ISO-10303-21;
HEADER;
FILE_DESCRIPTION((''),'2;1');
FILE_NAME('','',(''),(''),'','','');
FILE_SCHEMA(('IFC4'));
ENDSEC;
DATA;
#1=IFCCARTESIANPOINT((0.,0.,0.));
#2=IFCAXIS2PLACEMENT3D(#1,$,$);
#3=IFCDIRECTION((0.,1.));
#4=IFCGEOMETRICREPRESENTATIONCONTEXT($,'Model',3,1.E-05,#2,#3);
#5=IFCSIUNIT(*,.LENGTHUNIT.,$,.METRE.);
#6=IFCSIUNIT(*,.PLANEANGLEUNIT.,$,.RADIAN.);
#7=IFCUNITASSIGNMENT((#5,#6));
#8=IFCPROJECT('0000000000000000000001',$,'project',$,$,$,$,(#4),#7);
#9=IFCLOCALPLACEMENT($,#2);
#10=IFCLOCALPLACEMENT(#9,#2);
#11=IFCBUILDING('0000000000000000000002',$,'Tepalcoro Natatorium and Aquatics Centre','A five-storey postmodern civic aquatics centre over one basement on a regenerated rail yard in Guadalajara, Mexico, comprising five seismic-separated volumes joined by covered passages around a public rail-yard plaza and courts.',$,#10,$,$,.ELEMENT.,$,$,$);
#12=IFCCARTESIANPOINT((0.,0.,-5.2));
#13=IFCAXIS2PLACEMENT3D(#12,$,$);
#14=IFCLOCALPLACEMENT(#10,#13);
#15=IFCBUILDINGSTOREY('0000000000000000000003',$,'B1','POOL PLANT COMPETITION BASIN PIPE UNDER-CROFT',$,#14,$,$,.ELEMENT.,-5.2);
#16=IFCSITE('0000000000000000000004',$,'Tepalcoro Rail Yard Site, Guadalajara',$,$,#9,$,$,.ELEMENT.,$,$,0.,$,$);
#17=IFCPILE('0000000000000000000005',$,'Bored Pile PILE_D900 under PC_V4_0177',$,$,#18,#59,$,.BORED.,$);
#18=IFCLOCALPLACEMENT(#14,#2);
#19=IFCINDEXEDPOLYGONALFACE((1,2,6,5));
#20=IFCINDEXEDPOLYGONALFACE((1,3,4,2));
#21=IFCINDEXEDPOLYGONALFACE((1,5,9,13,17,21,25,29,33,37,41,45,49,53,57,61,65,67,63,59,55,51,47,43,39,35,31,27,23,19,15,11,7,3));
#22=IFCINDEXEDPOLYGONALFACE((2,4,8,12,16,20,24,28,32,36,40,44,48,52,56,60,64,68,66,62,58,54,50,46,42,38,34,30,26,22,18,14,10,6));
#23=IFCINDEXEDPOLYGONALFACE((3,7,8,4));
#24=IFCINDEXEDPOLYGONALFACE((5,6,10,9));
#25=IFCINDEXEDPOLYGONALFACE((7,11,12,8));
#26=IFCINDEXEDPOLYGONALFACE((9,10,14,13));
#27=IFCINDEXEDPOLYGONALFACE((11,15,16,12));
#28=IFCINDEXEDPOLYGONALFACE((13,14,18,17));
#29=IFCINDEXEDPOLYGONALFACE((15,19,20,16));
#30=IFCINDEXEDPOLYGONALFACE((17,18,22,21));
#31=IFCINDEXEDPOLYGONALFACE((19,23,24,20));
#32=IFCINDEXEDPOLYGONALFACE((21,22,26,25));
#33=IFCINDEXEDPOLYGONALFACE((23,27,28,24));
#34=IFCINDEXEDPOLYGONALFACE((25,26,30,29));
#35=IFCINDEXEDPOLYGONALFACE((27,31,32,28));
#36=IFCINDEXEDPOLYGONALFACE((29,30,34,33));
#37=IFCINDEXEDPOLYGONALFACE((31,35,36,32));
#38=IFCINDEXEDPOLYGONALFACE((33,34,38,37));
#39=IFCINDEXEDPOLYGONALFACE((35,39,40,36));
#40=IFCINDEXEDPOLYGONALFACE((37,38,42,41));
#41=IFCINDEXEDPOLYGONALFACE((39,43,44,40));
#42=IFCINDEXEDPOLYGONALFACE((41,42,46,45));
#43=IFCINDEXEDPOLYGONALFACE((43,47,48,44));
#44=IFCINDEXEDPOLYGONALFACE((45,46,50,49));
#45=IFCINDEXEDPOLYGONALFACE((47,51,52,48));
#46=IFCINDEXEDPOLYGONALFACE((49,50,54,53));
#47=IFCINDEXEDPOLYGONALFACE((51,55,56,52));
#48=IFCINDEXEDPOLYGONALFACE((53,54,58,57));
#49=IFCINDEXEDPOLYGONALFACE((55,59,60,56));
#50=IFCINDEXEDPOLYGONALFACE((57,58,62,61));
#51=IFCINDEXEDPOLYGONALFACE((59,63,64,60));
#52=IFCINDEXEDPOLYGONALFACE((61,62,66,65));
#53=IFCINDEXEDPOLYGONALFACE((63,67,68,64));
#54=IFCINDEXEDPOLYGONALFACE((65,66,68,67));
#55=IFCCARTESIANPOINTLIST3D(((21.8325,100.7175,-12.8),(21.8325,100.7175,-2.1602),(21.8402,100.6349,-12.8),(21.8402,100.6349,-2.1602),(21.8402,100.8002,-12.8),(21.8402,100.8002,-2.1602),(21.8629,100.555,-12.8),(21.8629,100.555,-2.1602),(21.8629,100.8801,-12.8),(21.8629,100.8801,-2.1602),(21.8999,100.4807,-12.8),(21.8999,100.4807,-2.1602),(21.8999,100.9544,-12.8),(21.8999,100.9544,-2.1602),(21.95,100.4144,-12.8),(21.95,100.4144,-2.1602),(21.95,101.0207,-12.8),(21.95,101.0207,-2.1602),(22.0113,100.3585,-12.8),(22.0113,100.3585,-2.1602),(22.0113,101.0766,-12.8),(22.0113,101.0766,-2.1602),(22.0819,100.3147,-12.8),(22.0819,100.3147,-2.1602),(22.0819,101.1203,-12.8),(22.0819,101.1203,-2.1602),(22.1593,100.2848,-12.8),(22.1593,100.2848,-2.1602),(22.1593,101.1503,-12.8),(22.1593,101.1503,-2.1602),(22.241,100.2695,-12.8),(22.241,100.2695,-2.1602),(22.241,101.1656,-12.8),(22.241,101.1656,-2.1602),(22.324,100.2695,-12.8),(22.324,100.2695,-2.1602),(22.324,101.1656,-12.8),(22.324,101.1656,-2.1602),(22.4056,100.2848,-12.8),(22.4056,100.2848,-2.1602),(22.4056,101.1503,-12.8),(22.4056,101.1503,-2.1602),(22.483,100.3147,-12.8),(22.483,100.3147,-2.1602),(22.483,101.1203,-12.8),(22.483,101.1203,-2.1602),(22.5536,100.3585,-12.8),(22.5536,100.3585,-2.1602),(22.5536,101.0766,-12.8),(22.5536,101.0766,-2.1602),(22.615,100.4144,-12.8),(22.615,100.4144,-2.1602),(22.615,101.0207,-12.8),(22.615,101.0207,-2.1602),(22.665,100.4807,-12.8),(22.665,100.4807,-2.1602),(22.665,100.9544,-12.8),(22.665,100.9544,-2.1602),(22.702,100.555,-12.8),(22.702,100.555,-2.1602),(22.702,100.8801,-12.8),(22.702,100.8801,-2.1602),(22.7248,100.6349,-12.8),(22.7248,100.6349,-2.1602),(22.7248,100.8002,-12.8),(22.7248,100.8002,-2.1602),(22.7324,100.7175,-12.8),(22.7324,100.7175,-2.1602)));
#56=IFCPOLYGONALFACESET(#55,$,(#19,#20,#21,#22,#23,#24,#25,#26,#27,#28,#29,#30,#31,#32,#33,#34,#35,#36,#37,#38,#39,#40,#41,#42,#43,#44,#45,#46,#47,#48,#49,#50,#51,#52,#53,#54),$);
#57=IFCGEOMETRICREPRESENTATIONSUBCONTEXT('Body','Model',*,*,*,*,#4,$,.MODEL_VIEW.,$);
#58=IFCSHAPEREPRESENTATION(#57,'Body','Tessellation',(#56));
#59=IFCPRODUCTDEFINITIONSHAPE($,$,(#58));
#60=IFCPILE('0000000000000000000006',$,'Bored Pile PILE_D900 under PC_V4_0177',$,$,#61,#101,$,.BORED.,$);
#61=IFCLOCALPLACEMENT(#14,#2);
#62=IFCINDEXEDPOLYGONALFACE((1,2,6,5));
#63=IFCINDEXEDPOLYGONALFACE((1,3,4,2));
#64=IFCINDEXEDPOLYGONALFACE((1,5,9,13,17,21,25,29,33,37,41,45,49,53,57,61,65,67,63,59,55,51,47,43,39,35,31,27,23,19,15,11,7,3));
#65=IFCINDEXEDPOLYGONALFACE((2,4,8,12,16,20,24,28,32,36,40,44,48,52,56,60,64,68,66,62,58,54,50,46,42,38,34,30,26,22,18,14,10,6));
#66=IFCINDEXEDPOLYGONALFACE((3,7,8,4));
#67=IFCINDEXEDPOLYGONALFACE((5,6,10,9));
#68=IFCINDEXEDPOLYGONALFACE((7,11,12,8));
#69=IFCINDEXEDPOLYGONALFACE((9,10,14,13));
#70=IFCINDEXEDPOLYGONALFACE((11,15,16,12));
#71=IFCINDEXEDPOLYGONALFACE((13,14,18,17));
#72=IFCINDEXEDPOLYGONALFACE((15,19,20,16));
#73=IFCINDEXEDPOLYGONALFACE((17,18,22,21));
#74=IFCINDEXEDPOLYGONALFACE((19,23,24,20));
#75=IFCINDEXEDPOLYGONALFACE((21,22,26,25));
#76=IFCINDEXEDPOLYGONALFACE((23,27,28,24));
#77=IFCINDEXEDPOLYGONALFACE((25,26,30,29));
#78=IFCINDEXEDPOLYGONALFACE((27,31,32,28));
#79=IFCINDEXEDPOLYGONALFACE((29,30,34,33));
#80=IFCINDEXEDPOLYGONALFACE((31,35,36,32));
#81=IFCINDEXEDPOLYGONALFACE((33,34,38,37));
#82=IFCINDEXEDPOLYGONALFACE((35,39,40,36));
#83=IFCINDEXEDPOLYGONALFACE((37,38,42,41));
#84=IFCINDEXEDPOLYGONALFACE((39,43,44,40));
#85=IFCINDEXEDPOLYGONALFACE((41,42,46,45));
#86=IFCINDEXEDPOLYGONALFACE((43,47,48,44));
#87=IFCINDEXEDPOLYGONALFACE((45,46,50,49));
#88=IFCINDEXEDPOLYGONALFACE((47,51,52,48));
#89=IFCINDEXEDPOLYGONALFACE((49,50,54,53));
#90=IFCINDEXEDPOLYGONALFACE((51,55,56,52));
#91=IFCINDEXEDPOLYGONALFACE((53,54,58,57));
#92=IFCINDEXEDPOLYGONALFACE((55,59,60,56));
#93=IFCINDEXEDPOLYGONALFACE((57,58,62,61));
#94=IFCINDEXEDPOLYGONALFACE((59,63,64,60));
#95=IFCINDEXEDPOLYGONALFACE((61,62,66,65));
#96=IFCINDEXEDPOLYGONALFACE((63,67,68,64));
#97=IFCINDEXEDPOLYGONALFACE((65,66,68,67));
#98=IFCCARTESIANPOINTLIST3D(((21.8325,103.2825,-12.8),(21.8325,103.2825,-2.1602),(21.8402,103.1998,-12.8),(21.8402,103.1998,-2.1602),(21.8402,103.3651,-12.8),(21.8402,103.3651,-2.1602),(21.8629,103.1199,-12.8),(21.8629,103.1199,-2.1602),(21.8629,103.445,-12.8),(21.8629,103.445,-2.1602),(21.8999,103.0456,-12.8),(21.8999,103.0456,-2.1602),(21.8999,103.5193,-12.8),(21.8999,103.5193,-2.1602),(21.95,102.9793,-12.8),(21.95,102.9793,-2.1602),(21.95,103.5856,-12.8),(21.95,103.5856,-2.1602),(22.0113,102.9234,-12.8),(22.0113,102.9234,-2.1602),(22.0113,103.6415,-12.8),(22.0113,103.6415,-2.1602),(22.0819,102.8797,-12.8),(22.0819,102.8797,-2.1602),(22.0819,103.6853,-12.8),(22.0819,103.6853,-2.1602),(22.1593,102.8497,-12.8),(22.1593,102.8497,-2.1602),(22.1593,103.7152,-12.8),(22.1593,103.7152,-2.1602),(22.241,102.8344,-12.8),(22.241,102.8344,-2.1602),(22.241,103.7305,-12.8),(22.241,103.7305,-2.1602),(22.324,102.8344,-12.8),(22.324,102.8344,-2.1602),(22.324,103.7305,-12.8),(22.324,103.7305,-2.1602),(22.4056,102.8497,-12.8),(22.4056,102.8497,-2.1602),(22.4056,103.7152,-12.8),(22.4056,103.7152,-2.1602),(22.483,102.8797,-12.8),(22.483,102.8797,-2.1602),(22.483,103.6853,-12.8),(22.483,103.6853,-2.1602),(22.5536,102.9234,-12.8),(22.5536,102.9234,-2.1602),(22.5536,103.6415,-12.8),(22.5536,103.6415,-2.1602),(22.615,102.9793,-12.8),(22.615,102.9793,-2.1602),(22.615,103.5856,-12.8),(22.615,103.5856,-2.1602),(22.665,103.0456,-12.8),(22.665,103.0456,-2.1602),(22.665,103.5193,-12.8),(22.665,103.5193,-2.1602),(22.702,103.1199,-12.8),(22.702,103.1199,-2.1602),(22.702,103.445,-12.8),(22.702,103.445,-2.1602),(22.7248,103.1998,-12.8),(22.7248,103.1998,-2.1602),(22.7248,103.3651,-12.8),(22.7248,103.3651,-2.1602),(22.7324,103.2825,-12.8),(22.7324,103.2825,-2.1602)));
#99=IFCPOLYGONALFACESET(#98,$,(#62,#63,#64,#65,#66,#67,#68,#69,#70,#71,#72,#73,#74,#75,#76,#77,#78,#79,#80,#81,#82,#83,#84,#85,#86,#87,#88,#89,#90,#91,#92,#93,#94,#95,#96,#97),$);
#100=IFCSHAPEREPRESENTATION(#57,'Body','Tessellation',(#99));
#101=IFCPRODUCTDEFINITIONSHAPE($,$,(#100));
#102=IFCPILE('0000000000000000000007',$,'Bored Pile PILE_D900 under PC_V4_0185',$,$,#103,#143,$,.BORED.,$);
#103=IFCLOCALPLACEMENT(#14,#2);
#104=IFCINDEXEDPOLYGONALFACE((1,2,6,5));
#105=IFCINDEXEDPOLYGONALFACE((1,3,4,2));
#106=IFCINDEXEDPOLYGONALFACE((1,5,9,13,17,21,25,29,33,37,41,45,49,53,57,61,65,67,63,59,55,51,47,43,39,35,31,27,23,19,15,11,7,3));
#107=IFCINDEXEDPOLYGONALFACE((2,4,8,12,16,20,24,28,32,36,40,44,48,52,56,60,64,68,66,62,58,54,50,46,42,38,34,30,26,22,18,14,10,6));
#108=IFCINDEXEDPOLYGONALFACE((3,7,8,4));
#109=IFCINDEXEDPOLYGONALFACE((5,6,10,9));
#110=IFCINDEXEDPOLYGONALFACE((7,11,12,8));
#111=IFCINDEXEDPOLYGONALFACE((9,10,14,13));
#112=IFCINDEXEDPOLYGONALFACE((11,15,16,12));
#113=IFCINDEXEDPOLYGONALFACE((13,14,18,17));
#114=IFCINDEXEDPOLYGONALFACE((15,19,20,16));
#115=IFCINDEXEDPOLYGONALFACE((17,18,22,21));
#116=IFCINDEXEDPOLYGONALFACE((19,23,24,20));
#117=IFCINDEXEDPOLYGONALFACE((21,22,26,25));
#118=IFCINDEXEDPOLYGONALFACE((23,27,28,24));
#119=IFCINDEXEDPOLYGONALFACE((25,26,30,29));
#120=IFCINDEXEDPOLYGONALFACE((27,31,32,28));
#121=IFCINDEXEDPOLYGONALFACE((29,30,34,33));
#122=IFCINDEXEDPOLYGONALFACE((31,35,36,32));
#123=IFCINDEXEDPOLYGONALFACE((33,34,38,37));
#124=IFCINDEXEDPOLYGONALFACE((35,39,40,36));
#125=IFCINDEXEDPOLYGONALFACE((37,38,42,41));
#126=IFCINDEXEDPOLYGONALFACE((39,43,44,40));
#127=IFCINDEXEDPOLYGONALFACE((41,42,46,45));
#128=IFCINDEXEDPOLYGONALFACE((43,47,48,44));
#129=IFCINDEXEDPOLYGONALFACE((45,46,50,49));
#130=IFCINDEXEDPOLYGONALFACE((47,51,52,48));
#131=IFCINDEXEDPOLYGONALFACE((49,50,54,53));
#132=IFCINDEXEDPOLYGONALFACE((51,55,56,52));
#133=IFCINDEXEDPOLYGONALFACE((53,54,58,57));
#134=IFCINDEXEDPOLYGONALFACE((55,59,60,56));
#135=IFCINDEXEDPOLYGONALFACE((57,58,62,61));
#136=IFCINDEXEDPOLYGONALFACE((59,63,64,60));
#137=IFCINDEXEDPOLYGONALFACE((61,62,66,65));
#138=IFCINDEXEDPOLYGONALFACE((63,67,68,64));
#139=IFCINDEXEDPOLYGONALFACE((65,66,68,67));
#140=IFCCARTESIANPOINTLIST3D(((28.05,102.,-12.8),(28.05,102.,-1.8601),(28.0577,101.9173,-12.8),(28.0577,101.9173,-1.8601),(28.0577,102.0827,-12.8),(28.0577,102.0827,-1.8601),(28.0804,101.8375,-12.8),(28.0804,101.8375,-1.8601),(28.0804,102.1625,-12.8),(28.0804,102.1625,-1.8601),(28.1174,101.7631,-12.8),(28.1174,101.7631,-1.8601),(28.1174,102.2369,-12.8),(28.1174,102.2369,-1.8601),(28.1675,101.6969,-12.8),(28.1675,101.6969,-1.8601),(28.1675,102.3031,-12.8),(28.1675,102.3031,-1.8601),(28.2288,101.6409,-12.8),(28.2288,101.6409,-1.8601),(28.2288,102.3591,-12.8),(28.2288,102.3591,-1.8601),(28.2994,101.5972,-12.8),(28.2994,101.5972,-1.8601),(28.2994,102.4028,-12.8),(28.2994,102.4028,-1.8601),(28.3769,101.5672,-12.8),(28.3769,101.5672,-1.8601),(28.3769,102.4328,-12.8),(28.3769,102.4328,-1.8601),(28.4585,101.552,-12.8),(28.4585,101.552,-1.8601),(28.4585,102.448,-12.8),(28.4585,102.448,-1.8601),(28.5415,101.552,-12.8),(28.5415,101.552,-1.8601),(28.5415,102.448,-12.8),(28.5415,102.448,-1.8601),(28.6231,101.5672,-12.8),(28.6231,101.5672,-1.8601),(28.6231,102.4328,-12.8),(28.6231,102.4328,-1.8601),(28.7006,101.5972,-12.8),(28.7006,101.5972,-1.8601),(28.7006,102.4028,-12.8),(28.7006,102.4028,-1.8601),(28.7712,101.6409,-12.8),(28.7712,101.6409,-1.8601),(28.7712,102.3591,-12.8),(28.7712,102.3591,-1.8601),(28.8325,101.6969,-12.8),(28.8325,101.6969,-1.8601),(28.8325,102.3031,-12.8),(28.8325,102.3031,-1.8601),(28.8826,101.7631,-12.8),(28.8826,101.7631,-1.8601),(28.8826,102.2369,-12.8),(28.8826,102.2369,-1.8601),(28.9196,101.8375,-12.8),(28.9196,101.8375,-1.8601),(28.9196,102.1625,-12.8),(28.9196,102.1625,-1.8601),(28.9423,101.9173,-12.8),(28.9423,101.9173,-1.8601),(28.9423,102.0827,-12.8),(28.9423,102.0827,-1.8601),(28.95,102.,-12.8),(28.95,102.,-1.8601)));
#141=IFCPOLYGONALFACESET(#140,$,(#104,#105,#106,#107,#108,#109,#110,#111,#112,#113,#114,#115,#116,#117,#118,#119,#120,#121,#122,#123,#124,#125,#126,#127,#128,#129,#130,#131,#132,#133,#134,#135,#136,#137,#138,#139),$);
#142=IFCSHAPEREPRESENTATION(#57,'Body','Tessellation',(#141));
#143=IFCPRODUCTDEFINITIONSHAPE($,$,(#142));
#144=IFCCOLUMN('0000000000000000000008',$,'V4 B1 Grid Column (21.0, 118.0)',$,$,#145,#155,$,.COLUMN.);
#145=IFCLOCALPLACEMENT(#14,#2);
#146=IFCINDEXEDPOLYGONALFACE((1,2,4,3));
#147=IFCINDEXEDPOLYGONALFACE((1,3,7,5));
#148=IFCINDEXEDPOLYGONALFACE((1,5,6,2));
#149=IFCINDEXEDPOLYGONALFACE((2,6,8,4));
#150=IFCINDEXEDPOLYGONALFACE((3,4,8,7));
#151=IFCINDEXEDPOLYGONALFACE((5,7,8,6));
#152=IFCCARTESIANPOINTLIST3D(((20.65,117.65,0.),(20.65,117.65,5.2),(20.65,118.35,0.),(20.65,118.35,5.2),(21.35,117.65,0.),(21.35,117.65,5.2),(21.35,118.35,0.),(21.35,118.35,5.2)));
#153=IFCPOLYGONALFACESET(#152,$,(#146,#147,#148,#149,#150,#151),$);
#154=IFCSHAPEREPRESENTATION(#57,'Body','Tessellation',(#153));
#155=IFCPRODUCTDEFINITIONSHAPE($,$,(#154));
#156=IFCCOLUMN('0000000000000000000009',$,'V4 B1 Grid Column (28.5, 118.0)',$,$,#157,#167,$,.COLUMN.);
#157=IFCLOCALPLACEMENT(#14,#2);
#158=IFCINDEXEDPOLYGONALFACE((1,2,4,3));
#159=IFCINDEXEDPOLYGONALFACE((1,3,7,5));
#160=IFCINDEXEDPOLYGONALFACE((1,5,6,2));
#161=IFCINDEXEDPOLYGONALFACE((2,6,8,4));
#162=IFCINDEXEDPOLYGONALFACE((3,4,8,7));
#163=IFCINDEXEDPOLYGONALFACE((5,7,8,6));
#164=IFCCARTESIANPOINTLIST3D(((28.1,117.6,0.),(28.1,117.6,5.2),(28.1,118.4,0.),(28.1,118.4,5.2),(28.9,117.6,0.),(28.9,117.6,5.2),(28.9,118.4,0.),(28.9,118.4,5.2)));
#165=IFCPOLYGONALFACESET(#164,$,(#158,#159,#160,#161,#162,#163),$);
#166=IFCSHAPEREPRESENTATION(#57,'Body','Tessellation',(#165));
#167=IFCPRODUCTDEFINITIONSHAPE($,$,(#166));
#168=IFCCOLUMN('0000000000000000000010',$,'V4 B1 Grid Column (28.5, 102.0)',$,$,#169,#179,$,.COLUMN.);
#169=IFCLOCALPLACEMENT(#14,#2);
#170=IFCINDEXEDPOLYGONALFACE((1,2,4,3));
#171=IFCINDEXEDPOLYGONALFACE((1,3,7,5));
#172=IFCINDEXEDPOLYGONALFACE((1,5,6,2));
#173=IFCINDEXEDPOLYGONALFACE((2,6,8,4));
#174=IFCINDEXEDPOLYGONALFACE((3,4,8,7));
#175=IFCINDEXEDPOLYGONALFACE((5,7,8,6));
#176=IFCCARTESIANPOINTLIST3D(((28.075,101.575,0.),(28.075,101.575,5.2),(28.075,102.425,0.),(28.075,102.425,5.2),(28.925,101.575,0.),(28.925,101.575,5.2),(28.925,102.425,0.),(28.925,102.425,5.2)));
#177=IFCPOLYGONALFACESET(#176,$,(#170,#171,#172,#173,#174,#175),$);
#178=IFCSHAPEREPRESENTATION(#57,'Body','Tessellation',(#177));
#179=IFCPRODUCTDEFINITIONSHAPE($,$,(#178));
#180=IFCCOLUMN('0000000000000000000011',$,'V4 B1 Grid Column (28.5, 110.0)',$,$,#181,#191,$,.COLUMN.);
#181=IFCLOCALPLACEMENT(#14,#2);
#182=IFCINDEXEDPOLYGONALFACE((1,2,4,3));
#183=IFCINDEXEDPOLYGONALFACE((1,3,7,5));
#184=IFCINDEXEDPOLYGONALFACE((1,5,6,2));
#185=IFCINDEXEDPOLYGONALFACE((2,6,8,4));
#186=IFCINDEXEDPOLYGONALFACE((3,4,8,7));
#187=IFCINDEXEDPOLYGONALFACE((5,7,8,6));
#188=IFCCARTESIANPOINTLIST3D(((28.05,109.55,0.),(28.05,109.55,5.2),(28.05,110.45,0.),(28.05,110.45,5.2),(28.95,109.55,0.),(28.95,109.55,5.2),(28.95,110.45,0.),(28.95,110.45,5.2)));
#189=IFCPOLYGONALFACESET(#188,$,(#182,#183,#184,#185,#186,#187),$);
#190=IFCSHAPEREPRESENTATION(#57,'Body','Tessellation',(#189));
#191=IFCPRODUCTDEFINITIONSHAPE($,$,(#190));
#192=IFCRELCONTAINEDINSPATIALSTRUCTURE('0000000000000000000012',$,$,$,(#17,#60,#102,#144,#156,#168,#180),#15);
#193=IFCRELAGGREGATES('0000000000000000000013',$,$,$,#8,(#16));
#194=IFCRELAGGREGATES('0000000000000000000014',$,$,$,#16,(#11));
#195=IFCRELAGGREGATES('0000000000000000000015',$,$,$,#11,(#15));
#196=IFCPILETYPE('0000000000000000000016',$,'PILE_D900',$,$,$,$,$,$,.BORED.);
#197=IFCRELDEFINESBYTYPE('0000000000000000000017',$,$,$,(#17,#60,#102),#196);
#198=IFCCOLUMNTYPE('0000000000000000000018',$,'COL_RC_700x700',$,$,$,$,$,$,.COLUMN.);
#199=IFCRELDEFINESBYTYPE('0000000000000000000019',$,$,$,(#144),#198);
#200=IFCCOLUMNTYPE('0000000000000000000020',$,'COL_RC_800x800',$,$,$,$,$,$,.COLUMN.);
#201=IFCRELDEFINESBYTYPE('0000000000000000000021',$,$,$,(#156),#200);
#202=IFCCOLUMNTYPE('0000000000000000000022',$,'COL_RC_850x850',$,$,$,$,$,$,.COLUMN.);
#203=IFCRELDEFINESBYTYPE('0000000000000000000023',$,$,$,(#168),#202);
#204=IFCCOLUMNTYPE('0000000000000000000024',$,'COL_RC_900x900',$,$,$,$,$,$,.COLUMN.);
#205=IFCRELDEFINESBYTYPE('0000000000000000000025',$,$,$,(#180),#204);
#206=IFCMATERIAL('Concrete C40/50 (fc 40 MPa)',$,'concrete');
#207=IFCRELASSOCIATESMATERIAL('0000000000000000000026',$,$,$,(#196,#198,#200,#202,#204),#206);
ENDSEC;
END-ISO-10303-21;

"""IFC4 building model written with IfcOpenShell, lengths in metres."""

from ifc_helpers import new_model, si_unit, direction, frame, origin, origin_2d, place, context, subcontext, project, spatial, rectangle, circle, extrude, material, material_profile, profile_set, type_object, element, save


model = new_model("IFC4")

# Units and contexts
model_context = context("Model", 3, precision=1e-05, world=origin(), true_north=direction((0.0, 1.0)))
body_context = subcontext(model_context, "Body", "Model", "MODEL_VIEW")
ifc_project = project(units=[si_unit("LENGTHUNIT", "METRE"), si_unit("PLANEANGLEUNIT", "RADIAN")], contexts=[model_context])

# Site, building, storey
site_placement = place(None, origin())
site = spatial("IfcSite", under=ifc_project, at=site_placement, Name="Tepalcoro Rail Yard Site, Guadalajara", CompositionType="ELEMENT", RefElevation=0.0)
building_placement = place(site_placement, origin())
building = spatial("IfcBuilding", under=site, at=building_placement, Name="Tepalcoro Natatorium and Aquatics Centre", Description="A five-storey postmodern civic aquatics centre over one basement on a regenerated rail yard in Guadalajara, Mexico, comprising five seismic-separated volumes joined by covered passages around a public rail-yard plaza and courts.", CompositionType="ELEMENT")
storey_placement = place(building_placement, frame((0.0, 0.0, -5.2)))
storey = spatial("IfcBuildingStorey", under=building, at=storey_placement, Name="B1", Description="POOL PLANT COMPETITION BASIN PIPE UNDER-CROFT", CompositionType="ELEMENT", Elevation=-5.2)

# Piles
ifc_material_1 = material(Name="Concrete C40/50 (fc 40 MPa)", Category="concrete")
ifc_material_profile_1 = material_profile(ifc_material_1, circle(Radius=0.45, at=origin_2d()), Name="PILE_D900")
ifc_profile_set_1 = profile_set([ifc_material_profile_1], Name="Concrete C40/50 (fc 40 MPa)")
pile_type_1 = type_object("IfcPileType", Name="PILE_D900", PredefinedType="BORED", material=ifc_profile_set_1)
for number, where, z_axis, x_axis, name in (
    (1, (22.2825, 100.7175, -2.1602), (0.0, 0.0, -1.0), (1.0, 0.0, 0.0), "Bored Pile PILE_D900 under PC_V4_0177"),
    (2, (22.2825, 103.2825, -2.1602), (0.0, 0.0, -1.0), (1.0, 0.0, 0.0), "Bored Pile PILE_D900 under PC_V4_0177"),
):
    element("IfcPile", number, at=place(storey_placement, frame(where, z_axis=z_axis, x_axis=x_axis)), inside=storey, type_object=pile_type_1, Name=name, PredefinedType="BORED", context=body_context, shape_type="SweptSolid", body=[
        extrude(circle(Radius=0.45, at=origin_2d()), origin(), (0.0, 0.0, 1.0), 10.6399),
    ])
pile_1_placement = place(storey_placement, frame((28.5, 102.0, -1.8601), z_axis=(0.0, 0.0, -1.0), x_axis=(1.0, 0.0, 0.0)))
element("IfcPile", 3, at=pile_1_placement, inside=storey, type_object=pile_type_1, Name="Bored Pile PILE_D900 under PC_V4_0185", PredefinedType="BORED", context=body_context, shape_type="SweptSolid", body=[
    extrude(circle(Radius=0.45, at=origin_2d()), origin(), (0.0, 0.0, 1.0), 10.9399),
])

# Columns
ifc_material_profile_2 = material_profile(ifc_material_1, rectangle(XDim=0.7, YDim=0.7, at=origin_2d()), Name="RC700x700")
ifc_profile_set_2 = profile_set([ifc_material_profile_2], Name="Concrete C40/50 (fc 40 MPa)")
column_type_1 = type_object("IfcColumnType", Name="COL_RC_700x700", PredefinedType="COLUMN", material=ifc_profile_set_2)
column_1_placement = place(storey_placement, frame((21.0, 118.0, 0.0), z_axis=(0.0, 0.0, 1.0), x_axis=(1.0, 0.0, 0.0)))
element("IfcColumn", 4, at=column_1_placement, inside=storey, type_object=column_type_1, Name="V4 B1 Grid Column (21.0, 118.0)", PredefinedType="COLUMN", context=body_context, shape_type="SweptSolid", body=[
    extrude(rectangle(XDim=0.7, YDim=0.7, at=origin_2d()), origin(), (0.0, 0.0, 1.0), 5.2),
])
ifc_material_profile_3 = material_profile(ifc_material_1, rectangle(XDim=0.8, YDim=0.8, at=origin_2d()), Name="RC800x800")
ifc_profile_set_3 = profile_set([ifc_material_profile_3], Name="Concrete C40/50 (fc 40 MPa)")
column_type_2 = type_object("IfcColumnType", Name="COL_RC_800x800", PredefinedType="COLUMN", material=ifc_profile_set_3)
column_2_placement = place(storey_placement, frame((28.5, 118.0, 0.0), z_axis=(0.0, 0.0, 1.0), x_axis=(1.0, 0.0, 0.0)))
element("IfcColumn", 5, at=column_2_placement, inside=storey, type_object=column_type_2, Name="V4 B1 Grid Column (28.5, 118.0)", PredefinedType="COLUMN", context=body_context, shape_type="SweptSolid", body=[
    extrude(rectangle(XDim=0.8, YDim=0.8, at=origin_2d()), origin(), (0.0, 0.0, 1.0), 5.2),
])
ifc_material_profile_4 = material_profile(ifc_material_1, rectangle(XDim=0.8501, YDim=0.8501, at=origin_2d()), Name="RC850x850")
ifc_profile_set_4 = profile_set([ifc_material_profile_4], Name="Concrete C40/50 (fc 40 MPa)")
column_type_3 = type_object("IfcColumnType", Name="COL_RC_850x850", PredefinedType="COLUMN", material=ifc_profile_set_4)
column_3_placement = place(storey_placement, frame((28.5, 102.0, 0.0), z_axis=(0.0, 0.0, 1.0), x_axis=(1.0, 0.0, 0.0)))
element("IfcColumn", 6, at=column_3_placement, inside=storey, type_object=column_type_3, Name="V4 B1 Grid Column (28.5, 102.0)", PredefinedType="COLUMN", context=body_context, shape_type="SweptSolid", body=[
    extrude(rectangle(XDim=0.8501, YDim=0.8501, at=origin_2d()), origin(), (0.0, 0.0, 1.0), 5.2),
])
ifc_material_profile_5 = material_profile(ifc_material_1, rectangle(XDim=0.8999, YDim=0.8999, at=origin_2d()), Name="RC900x900")
ifc_profile_set_5 = profile_set([ifc_material_profile_5], Name="Concrete C40/50 (fc 40 MPa)")
column_type_4 = type_object("IfcColumnType", Name="COL_RC_900x900", PredefinedType="COLUMN", material=ifc_profile_set_5)
column_4_placement = place(storey_placement, frame((28.5, 110.0, 0.0), z_axis=(0.0, 0.0, 1.0), x_axis=(1.0, 0.0, 0.0)))
element("IfcColumn", 7, at=column_4_placement, inside=storey, type_object=column_type_4, Name="V4 B1 Grid Column (28.5, 110.0)", PredefinedType="COLUMN", context=body_context, shape_type="SweptSolid", body=[
    extrude(rectangle(XDim=0.8999, YDim=0.8999, at=origin_2d()), origin(), (0.0, 0.0, 1.0), 5.2),
])

save(model, "model.ifc")
